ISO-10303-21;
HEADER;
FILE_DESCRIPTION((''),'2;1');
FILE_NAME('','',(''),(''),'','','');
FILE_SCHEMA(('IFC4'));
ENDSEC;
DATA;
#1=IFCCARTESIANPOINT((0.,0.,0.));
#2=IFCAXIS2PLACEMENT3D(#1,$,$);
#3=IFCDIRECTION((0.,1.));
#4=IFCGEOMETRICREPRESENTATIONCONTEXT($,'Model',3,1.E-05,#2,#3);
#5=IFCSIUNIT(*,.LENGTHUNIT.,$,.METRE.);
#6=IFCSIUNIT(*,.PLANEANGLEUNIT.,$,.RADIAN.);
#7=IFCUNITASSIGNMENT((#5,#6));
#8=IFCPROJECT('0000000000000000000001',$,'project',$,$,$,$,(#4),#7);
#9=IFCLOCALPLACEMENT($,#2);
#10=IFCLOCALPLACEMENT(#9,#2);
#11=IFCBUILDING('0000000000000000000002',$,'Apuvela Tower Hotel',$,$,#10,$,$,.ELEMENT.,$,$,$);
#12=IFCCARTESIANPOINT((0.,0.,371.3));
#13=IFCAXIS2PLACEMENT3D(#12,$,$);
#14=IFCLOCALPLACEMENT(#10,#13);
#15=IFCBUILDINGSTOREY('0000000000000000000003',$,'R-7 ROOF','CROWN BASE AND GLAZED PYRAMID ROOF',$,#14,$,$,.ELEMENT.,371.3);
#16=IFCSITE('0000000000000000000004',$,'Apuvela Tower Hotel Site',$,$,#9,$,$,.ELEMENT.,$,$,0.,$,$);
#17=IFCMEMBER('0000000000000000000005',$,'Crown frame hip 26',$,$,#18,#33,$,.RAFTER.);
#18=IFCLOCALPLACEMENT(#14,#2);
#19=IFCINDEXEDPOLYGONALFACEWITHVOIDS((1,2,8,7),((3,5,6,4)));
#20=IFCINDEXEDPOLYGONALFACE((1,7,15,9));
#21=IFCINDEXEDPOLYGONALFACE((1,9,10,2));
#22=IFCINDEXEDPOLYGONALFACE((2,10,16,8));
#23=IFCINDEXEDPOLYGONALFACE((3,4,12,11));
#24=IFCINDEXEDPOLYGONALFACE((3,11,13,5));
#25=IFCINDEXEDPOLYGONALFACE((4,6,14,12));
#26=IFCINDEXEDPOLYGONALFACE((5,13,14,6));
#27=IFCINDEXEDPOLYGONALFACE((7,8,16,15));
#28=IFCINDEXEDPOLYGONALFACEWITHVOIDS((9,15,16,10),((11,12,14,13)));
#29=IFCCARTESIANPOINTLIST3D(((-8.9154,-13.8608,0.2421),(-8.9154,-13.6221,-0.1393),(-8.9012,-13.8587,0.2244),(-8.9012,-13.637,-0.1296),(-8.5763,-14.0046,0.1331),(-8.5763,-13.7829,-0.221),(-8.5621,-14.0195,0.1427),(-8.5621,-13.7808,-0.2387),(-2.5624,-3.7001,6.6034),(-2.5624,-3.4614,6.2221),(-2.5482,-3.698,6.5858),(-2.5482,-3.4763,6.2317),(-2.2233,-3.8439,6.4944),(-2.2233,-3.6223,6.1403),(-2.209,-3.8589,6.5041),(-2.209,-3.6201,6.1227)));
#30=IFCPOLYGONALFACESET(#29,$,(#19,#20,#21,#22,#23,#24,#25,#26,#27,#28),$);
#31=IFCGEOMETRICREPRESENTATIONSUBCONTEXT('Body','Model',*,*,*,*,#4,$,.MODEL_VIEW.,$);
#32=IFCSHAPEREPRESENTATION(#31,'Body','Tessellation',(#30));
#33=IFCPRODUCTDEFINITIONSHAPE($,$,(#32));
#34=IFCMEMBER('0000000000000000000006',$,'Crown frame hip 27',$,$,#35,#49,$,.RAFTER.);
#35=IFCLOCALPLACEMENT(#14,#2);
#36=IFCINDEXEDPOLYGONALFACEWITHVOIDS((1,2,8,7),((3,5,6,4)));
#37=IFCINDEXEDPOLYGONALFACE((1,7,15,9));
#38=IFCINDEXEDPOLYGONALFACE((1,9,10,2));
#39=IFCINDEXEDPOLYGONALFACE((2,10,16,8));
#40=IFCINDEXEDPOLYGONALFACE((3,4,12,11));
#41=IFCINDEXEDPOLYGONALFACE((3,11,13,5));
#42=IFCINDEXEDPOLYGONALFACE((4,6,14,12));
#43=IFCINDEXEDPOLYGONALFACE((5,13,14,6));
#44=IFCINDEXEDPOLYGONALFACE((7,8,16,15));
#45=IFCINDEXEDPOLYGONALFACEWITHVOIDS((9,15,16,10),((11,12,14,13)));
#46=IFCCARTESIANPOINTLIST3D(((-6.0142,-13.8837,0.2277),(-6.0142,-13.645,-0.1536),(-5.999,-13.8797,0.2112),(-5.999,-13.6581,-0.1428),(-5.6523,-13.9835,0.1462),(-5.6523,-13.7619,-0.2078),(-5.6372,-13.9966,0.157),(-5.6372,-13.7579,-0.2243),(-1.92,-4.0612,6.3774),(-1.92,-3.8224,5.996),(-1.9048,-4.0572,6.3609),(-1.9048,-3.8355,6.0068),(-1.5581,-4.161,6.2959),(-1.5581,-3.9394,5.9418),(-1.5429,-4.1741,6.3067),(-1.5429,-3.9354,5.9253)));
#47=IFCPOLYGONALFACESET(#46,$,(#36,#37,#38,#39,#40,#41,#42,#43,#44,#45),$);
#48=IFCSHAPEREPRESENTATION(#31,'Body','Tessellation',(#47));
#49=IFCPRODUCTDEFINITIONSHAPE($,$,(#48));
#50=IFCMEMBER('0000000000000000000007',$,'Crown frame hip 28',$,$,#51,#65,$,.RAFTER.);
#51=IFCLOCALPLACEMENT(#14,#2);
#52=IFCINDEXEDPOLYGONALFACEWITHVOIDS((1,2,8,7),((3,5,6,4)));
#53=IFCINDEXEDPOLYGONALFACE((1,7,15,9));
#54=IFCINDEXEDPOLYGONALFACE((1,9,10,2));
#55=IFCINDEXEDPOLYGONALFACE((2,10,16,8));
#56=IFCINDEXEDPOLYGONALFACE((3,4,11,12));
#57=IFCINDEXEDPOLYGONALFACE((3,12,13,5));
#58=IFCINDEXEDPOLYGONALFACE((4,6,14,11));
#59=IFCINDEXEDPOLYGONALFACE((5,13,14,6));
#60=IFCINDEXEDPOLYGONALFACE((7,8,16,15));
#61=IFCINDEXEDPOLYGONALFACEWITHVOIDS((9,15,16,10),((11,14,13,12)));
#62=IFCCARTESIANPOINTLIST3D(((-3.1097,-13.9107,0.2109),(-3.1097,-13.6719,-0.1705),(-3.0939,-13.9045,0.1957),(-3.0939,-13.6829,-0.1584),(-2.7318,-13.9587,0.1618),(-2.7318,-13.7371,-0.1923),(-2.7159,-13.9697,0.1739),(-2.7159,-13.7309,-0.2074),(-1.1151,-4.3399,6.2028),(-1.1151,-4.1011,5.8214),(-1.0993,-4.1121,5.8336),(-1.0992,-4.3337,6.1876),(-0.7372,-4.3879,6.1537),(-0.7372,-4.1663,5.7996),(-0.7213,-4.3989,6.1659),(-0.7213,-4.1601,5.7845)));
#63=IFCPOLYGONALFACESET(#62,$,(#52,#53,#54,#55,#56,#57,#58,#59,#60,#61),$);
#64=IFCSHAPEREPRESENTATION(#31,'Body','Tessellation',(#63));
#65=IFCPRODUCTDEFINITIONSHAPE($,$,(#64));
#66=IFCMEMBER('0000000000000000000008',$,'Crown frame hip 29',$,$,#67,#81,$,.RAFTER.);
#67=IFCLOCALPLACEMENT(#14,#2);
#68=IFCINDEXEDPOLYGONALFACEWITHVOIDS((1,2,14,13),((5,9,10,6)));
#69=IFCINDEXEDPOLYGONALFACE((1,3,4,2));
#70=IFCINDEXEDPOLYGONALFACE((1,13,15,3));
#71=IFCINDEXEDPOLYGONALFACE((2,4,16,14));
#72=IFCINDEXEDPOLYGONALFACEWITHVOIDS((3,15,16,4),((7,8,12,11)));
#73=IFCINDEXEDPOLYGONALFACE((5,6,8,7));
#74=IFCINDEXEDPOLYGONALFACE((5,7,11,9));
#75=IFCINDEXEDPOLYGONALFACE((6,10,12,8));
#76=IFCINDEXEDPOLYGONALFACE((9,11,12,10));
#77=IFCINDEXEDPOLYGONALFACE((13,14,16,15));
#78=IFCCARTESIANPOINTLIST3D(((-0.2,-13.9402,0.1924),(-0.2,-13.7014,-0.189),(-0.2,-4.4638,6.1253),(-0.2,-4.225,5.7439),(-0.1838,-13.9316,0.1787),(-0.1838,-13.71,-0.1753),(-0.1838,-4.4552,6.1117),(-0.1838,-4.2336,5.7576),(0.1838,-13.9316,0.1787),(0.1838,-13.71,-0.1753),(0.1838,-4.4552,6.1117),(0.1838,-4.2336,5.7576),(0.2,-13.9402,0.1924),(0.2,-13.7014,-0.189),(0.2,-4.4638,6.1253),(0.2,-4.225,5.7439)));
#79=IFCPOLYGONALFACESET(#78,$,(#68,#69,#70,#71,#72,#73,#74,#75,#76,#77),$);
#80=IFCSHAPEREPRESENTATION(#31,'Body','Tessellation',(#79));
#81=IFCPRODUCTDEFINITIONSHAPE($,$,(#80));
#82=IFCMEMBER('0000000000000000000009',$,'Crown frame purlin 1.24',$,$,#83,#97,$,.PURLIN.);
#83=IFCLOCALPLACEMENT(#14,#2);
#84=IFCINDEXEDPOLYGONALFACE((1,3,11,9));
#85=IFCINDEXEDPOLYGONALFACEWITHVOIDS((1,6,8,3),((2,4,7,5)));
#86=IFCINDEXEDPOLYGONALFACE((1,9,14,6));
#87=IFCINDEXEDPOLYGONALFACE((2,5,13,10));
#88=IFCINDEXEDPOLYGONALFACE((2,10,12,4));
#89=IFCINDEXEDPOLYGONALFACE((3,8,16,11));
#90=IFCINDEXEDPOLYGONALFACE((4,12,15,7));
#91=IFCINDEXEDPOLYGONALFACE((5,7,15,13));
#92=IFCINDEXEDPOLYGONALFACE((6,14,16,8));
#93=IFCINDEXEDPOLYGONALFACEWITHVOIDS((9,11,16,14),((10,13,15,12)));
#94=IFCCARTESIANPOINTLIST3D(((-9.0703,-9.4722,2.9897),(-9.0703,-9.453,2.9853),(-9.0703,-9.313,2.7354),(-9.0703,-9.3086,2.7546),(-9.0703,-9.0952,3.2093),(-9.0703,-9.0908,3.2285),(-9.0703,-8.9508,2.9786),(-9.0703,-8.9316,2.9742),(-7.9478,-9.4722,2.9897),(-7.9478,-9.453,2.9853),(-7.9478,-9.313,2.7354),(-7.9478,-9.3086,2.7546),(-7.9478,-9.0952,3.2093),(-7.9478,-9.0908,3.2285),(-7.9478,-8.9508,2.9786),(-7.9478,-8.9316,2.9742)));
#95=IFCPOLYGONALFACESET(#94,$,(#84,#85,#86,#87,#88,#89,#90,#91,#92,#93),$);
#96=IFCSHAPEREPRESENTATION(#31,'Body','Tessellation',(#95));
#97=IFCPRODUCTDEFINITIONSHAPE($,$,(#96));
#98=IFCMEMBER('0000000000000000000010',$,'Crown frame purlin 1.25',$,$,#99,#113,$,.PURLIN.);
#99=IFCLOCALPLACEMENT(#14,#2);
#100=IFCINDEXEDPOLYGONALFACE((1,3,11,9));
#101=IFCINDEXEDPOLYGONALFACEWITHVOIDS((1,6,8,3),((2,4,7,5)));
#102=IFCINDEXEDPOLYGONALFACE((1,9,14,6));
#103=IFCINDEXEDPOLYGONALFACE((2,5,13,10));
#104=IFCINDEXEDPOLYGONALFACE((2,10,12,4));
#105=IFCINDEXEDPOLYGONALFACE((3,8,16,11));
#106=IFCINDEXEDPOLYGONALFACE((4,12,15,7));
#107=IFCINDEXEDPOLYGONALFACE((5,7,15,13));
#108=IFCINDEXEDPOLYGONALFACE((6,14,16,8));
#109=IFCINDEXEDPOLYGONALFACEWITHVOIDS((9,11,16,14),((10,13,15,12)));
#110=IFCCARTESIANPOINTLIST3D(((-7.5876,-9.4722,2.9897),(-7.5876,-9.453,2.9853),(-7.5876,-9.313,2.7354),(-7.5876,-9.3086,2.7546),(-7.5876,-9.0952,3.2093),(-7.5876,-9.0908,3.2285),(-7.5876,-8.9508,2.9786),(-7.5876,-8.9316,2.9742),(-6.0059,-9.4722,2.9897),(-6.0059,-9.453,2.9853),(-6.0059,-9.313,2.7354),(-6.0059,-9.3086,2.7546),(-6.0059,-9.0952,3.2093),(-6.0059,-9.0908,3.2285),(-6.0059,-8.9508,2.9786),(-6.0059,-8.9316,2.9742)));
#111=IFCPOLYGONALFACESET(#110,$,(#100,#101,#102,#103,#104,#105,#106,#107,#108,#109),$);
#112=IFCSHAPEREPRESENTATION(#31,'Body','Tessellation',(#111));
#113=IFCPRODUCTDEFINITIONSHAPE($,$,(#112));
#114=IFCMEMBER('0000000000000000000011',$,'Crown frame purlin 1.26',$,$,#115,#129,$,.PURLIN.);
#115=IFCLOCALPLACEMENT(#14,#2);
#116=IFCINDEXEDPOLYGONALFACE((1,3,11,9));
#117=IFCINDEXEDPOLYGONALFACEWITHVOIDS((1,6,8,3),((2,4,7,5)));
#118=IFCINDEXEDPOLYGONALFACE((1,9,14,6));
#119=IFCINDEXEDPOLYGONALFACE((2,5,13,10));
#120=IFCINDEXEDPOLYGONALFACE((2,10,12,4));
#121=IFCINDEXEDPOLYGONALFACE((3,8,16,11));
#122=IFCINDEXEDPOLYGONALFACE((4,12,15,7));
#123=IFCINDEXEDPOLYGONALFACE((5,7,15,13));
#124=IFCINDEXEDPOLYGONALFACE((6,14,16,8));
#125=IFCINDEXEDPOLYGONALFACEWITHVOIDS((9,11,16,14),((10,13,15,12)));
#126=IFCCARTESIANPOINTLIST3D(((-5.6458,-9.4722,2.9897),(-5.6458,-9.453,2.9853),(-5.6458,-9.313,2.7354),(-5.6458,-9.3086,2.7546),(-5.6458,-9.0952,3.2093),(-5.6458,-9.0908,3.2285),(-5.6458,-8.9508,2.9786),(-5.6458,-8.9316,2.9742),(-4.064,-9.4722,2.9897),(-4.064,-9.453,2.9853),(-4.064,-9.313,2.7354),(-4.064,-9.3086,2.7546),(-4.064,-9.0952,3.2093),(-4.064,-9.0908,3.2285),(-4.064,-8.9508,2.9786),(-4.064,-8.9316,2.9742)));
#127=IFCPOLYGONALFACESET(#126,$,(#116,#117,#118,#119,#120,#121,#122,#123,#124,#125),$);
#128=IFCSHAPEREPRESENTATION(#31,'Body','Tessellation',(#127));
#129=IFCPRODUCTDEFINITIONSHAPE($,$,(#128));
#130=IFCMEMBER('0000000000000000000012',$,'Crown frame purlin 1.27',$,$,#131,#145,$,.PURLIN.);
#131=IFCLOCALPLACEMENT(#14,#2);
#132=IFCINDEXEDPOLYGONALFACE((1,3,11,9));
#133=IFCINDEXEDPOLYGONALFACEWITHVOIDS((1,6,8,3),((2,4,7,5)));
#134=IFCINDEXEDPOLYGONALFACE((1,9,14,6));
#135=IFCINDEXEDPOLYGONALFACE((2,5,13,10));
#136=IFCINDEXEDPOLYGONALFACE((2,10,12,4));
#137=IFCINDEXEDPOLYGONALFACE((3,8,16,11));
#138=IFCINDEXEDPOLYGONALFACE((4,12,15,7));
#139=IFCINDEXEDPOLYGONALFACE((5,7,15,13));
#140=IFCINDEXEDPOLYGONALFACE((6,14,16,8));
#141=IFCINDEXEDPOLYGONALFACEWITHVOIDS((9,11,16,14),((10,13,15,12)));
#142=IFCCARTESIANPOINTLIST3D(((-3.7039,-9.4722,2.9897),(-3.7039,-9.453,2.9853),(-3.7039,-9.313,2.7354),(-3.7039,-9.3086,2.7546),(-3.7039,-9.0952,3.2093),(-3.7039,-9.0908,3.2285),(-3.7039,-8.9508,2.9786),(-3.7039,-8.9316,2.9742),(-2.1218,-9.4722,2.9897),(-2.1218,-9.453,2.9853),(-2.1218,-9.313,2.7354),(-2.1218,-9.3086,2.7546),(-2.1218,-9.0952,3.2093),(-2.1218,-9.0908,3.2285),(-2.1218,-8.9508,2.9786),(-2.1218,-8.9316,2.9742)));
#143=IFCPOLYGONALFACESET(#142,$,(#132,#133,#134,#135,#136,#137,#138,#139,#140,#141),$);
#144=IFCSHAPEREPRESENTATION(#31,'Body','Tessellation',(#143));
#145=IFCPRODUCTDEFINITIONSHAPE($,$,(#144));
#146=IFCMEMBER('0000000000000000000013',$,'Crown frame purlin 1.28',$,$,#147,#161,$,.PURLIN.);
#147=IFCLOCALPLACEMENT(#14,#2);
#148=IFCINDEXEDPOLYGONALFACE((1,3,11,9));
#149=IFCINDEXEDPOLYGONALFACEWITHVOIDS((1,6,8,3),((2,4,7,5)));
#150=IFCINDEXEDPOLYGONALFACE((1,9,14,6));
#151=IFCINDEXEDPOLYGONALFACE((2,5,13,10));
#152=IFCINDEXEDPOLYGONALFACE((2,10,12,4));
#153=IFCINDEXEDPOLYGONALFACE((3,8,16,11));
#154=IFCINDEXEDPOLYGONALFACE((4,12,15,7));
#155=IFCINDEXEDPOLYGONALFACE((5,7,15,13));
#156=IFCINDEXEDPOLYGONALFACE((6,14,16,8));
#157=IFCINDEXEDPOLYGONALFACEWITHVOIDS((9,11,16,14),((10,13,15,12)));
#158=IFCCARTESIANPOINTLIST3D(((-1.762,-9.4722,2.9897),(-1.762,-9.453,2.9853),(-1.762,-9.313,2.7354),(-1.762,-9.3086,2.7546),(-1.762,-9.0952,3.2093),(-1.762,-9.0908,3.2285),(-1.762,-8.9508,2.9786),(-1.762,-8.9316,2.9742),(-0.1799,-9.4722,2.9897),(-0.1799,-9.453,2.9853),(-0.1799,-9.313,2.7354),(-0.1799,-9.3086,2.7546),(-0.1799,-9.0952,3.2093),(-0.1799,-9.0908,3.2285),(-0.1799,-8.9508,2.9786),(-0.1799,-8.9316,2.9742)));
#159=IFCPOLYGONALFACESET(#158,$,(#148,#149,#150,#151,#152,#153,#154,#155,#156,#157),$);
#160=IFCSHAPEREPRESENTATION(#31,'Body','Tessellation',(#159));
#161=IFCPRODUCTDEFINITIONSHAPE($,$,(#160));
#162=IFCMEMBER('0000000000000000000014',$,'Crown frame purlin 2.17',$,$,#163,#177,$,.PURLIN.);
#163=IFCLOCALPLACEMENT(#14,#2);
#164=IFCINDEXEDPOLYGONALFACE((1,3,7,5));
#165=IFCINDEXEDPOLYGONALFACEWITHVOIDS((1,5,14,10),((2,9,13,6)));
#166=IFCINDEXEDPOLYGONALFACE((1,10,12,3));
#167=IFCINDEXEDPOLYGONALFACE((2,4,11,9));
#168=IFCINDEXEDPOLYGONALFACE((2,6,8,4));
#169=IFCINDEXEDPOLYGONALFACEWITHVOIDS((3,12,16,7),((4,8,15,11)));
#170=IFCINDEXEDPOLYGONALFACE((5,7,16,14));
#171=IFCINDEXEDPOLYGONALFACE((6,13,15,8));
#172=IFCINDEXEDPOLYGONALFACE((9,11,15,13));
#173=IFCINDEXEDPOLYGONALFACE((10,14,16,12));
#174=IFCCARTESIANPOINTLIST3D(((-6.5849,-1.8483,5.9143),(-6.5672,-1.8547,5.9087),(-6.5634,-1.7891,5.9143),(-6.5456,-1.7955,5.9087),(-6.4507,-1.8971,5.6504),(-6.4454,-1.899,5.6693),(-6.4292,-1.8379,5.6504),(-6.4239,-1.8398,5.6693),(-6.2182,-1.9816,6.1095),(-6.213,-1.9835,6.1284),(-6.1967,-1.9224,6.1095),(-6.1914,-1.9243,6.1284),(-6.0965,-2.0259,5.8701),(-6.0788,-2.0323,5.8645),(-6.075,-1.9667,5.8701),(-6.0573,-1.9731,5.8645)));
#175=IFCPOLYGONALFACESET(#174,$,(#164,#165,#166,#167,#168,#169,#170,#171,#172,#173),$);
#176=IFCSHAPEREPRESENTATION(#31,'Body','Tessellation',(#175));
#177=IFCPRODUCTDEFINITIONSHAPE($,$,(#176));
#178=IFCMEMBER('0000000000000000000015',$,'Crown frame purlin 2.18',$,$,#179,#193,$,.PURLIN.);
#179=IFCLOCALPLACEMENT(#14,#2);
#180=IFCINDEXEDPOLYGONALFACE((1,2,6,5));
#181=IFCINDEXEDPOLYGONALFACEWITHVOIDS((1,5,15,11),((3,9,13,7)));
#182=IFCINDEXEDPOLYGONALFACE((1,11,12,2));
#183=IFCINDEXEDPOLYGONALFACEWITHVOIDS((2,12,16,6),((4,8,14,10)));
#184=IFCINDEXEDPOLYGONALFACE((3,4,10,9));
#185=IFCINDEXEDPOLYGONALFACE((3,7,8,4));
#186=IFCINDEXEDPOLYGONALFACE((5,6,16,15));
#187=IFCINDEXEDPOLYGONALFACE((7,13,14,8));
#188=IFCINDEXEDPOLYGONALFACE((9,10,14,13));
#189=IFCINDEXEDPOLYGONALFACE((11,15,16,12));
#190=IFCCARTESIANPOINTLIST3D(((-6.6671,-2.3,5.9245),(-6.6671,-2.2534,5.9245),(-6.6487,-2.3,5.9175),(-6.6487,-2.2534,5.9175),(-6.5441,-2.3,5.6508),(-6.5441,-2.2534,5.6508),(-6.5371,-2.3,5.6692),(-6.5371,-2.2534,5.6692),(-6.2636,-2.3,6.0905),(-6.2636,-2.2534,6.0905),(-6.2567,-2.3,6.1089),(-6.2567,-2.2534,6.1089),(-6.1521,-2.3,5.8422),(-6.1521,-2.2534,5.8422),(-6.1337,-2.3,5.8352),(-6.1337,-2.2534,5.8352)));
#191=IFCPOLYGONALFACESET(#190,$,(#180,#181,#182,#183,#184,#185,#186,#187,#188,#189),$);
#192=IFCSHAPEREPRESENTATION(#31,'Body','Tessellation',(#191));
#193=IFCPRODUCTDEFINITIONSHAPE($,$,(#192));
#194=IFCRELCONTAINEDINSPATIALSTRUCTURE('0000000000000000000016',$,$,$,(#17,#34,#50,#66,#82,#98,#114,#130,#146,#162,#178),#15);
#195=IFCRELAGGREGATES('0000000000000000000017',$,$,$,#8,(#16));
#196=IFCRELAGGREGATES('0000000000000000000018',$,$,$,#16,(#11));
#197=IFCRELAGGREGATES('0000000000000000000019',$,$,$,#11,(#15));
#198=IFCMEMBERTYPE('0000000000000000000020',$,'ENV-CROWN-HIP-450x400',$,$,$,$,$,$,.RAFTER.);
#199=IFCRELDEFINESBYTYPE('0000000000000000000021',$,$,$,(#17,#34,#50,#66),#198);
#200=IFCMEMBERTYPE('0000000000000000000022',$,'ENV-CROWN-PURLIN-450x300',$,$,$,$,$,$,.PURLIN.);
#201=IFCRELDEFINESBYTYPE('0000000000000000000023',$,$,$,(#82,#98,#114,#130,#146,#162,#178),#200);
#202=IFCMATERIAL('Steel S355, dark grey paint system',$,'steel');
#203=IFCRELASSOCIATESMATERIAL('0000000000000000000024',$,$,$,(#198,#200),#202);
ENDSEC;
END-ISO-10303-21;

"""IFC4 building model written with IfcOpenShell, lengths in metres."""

from ifc_helpers import new_model, si_unit, direction, frame, origin, origin_2d, place, context, subcontext, project, spatial, hollow_rectangle, extrude, material, material_profile, profile_set, type_object, element, save


model = new_model("IFC4")

# Units and contexts
model_context = context("Model", 3, precision=1e-05, world=origin(), true_north=direction((0.0, 1.0)))
body_context = subcontext(model_context, "Body", "Model", "MODEL_VIEW")
ifc_project = project(units=[si_unit("LENGTHUNIT", "METRE"), si_unit("PLANEANGLEUNIT", "RADIAN")], contexts=[model_context])

# Site, building, storey
site_placement = place(None, origin())
site = spatial("IfcSite", under=ifc_project, at=site_placement, Name="Apuvela Tower Hotel Site", CompositionType="ELEMENT", RefElevation=0.0)
building_placement = place(site_placement, origin())
building = spatial("IfcBuilding", under=site, at=building_placement, Name="Apuvela Tower Hotel", CompositionType="ELEMENT")
storey_placement = place(building_placement, frame((0.0, 0.0, 371.3)))
storey = spatial("IfcBuildingStorey", under=building, at=storey_placement, Name="R-7 ROOF", Description="CROWN BASE AND GLAZED PYRAMID ROOF", CompositionType="ELEMENT", Elevation=371.3)

# Members
ifc_material_1 = material(Name="Steel S355, dark grey paint system", Category="steel")
ifc_material_profile_1 = material_profile(ifc_material_1, hollow_rectangle(XDim=0.3999, YDim=0.45, WallThickness=0.0161, at=origin_2d()), Name="HSS 450x400x16")
ifc_profile_set_1 = profile_set([ifc_material_profile_1], Name="Steel S355, dark grey paint system")
member_type_1 = type_object("IfcMemberType", Name="ENV-CROWN-HIP-450x400", PredefinedType="RAFTER", material=ifc_profile_set_1)
member_1_placement = place(storey_placement, frame((-8.7388, -13.8208, 0.0017), z_axis=(0.468267, 0.748918, 0.468879), x_axis=(-0.883587, 0.3969, 0.248484)))
element("IfcMember", 1, at=member_1_placement, inside=storey, type_object=member_type_1, Name="Crown frame hip 26", PredefinedType="RAFTER", context=body_context, shape_type="SweptSolid", body=[
    extrude(hollow_rectangle(XDim=0.3999, YDim=0.45, WallThickness=0.0161, at=origin_2d()), origin(), (0.0, 0.0, 1.0), 13.5671),
])
member_2_placement = place(storey_placement, frame((-5.8257, -13.8208, 0.0017), z_axis=(0.333115, 0.799178, 0.500348), x_axis=(-0.942886, 0.282343, 0.176772)))
element("IfcMember", 2, at=member_2_placement, inside=storey, type_object=member_type_1, Name="Crown frame hip 27", PredefinedType="RAFTER", context=body_context, shape_type="SweptSolid", body=[
    extrude(hollow_rectangle(XDim=0.3999, YDim=0.45, WallThickness=0.0161, at=origin_2d()), origin(), (0.0, 0.0, 1.0), 12.2908),
])
member_3_placement = place(storey_placement, frame((-2.9128, -13.8208, 0.0017), z_axis=(0.173952, 0.83467, 0.522558), x_axis=(-0.984754, 0.147437, 0.092311)))
element("IfcMember", 3, at=member_3_placement, inside=storey, type_object=member_type_1, Name="Crown frame hip 28", PredefinedType="RAFTER", context=body_context, shape_type="SweptSolid", body=[
    extrude(hollow_rectangle(XDim=0.3999, YDim=0.45, WallThickness=0.0161, at=origin_2d()), origin(), (0.0, 0.0, 1.0), 11.4666),
])
member_4_placement = place(storey_placement, frame((0.0, -13.8208, 0.0017), z_axis=(0.0, 0.84759, 0.530652), x_axis=(-1.0, 0.0, 0.0)))
element("IfcMember", 4, at=member_4_placement, inside=storey, type_object=member_type_1, Name="Crown frame hip 29", PredefinedType="RAFTER", context=body_context, shape_type="SweptSolid", body=[
    extrude(hollow_rectangle(XDim=0.3999, YDim=0.45, WallThickness=0.0161, at=origin_2d()), origin(), (0.0, 0.0, 1.0), 11.1804),
])
ifc_material_profile_2 = material_profile(ifc_material_1, hollow_rectangle(XDim=0.45, YDim=0.3, WallThickness=0.0139, at=origin_2d()), Name="HSS 450x300x14")
ifc_profile_set_2 = profile_set([ifc_material_profile_2], Name="Steel S355, dark grey paint system")
member_type_2 = type_object("IfcMemberType", Name="ENV-CROWN-PURLIN-450x300", PredefinedType="PURLIN", material=ifc_profile_set_2)
member_5_placement = place(storey_placement, frame((-9.0703, -9.2019, 2.9819), z_axis=(1.0, 0.0, 0.0), x_axis=(0.0, 0.847593, 0.530647)))
element("IfcMember", 5, at=member_5_placement, inside=storey, type_object=member_type_2, Name="Crown frame purlin 1.24", PredefinedType="PURLIN", context=body_context, shape_type="SweptSolid", body=[
    extrude(hollow_rectangle(XDim=0.45, YDim=0.3, WallThickness=0.0139, at=origin_2d()), origin(), (0.0, 0.0, 1.0), 1.1226),
])
for number, where, z_axis, x_axis, name in (
    (6, (-7.5876, -9.2019, 2.9819), (1.0, 0.0, 0.0), (0.0, 0.847593, 0.530647), "Crown frame purlin 1.25"),
    (7, (-5.6458, -9.2019, 2.9819), (1.0, 0.0, 0.0), (0.0, 0.847593, 0.530647), "Crown frame purlin 1.26"),
):
    element("IfcMember", number, at=place(storey_placement, frame(where, z_axis=z_axis, x_axis=x_axis)), inside=storey, type_object=member_type_2, Name=name, PredefinedType="PURLIN", context=body_context, shape_type="SweptSolid", body=[
        extrude(hollow_rectangle(XDim=0.45, YDim=0.3, WallThickness=0.0139, at=origin_2d()), origin(), (0.0, 0.0, 1.0), 1.5818),
    ])
for number, where, z_axis, x_axis, name in (
    (8, (-3.7039, -9.2019, 2.9819), (1.0, 0.0, 0.0), (0.0, 0.847593, 0.530647), "Crown frame purlin 1.27"),
    (9, (-1.762, -9.2019, 2.9819), (1.0, 0.0, 0.0), (0.0, 0.847593, 0.530647), "Crown frame purlin 1.28"),
):
    element("IfcMember", number, at=place(storey_placement, frame(where, z_axis=z_axis, x_axis=x_axis)), inside=storey, type_object=member_type_2, Name=name, PredefinedType="PURLIN", context=body_context, shape_type="SweptSolid", body=[
        extrude(hollow_rectangle(XDim=0.45, YDim=0.3, WallThickness=0.0139, at=origin_2d()), origin(), (0.0, 0.0, 1.0), 1.582),
    ])
member_6_placement = place(storey_placement, frame((-6.3103, -1.8811, 5.8894), z_axis=(-0.341743, -0.939793, 0.0), x_axis=(0.826579, -0.300574, 0.475839)))
element("IfcMember", 10, at=member_6_placement, inside=storey, type_object=member_type_2, Name="Crown frame purlin 2.17", PredefinedType="PURLIN", context=body_context, shape_type="SweptSolid", body=[
    extrude(hollow_rectangle(XDim=0.45, YDim=0.3, WallThickness=0.0139, at=origin_2d()), origin(), (0.0, 0.0, 1.0), 0.063),
])
member_7_placement = place(storey_placement, frame((-6.4004, -2.2534, 5.8799), z_axis=(0.0, -1.0, 0.0), x_axis=(0.912165, 0.0, 0.409823)))
element("IfcMember", 11, at=member_7_placement, inside=storey, type_object=member_type_2, Name="Crown frame purlin 2.18", PredefinedType="PURLIN", context=body_context, shape_type="SweptSolid", body=[
    extrude(hollow_rectangle(XDim=0.45, YDim=0.3, WallThickness=0.0139, at=origin_2d()), origin(), (0.0, 0.0, 1.0), 0.0466),
])

save(model, "model.ifc")
